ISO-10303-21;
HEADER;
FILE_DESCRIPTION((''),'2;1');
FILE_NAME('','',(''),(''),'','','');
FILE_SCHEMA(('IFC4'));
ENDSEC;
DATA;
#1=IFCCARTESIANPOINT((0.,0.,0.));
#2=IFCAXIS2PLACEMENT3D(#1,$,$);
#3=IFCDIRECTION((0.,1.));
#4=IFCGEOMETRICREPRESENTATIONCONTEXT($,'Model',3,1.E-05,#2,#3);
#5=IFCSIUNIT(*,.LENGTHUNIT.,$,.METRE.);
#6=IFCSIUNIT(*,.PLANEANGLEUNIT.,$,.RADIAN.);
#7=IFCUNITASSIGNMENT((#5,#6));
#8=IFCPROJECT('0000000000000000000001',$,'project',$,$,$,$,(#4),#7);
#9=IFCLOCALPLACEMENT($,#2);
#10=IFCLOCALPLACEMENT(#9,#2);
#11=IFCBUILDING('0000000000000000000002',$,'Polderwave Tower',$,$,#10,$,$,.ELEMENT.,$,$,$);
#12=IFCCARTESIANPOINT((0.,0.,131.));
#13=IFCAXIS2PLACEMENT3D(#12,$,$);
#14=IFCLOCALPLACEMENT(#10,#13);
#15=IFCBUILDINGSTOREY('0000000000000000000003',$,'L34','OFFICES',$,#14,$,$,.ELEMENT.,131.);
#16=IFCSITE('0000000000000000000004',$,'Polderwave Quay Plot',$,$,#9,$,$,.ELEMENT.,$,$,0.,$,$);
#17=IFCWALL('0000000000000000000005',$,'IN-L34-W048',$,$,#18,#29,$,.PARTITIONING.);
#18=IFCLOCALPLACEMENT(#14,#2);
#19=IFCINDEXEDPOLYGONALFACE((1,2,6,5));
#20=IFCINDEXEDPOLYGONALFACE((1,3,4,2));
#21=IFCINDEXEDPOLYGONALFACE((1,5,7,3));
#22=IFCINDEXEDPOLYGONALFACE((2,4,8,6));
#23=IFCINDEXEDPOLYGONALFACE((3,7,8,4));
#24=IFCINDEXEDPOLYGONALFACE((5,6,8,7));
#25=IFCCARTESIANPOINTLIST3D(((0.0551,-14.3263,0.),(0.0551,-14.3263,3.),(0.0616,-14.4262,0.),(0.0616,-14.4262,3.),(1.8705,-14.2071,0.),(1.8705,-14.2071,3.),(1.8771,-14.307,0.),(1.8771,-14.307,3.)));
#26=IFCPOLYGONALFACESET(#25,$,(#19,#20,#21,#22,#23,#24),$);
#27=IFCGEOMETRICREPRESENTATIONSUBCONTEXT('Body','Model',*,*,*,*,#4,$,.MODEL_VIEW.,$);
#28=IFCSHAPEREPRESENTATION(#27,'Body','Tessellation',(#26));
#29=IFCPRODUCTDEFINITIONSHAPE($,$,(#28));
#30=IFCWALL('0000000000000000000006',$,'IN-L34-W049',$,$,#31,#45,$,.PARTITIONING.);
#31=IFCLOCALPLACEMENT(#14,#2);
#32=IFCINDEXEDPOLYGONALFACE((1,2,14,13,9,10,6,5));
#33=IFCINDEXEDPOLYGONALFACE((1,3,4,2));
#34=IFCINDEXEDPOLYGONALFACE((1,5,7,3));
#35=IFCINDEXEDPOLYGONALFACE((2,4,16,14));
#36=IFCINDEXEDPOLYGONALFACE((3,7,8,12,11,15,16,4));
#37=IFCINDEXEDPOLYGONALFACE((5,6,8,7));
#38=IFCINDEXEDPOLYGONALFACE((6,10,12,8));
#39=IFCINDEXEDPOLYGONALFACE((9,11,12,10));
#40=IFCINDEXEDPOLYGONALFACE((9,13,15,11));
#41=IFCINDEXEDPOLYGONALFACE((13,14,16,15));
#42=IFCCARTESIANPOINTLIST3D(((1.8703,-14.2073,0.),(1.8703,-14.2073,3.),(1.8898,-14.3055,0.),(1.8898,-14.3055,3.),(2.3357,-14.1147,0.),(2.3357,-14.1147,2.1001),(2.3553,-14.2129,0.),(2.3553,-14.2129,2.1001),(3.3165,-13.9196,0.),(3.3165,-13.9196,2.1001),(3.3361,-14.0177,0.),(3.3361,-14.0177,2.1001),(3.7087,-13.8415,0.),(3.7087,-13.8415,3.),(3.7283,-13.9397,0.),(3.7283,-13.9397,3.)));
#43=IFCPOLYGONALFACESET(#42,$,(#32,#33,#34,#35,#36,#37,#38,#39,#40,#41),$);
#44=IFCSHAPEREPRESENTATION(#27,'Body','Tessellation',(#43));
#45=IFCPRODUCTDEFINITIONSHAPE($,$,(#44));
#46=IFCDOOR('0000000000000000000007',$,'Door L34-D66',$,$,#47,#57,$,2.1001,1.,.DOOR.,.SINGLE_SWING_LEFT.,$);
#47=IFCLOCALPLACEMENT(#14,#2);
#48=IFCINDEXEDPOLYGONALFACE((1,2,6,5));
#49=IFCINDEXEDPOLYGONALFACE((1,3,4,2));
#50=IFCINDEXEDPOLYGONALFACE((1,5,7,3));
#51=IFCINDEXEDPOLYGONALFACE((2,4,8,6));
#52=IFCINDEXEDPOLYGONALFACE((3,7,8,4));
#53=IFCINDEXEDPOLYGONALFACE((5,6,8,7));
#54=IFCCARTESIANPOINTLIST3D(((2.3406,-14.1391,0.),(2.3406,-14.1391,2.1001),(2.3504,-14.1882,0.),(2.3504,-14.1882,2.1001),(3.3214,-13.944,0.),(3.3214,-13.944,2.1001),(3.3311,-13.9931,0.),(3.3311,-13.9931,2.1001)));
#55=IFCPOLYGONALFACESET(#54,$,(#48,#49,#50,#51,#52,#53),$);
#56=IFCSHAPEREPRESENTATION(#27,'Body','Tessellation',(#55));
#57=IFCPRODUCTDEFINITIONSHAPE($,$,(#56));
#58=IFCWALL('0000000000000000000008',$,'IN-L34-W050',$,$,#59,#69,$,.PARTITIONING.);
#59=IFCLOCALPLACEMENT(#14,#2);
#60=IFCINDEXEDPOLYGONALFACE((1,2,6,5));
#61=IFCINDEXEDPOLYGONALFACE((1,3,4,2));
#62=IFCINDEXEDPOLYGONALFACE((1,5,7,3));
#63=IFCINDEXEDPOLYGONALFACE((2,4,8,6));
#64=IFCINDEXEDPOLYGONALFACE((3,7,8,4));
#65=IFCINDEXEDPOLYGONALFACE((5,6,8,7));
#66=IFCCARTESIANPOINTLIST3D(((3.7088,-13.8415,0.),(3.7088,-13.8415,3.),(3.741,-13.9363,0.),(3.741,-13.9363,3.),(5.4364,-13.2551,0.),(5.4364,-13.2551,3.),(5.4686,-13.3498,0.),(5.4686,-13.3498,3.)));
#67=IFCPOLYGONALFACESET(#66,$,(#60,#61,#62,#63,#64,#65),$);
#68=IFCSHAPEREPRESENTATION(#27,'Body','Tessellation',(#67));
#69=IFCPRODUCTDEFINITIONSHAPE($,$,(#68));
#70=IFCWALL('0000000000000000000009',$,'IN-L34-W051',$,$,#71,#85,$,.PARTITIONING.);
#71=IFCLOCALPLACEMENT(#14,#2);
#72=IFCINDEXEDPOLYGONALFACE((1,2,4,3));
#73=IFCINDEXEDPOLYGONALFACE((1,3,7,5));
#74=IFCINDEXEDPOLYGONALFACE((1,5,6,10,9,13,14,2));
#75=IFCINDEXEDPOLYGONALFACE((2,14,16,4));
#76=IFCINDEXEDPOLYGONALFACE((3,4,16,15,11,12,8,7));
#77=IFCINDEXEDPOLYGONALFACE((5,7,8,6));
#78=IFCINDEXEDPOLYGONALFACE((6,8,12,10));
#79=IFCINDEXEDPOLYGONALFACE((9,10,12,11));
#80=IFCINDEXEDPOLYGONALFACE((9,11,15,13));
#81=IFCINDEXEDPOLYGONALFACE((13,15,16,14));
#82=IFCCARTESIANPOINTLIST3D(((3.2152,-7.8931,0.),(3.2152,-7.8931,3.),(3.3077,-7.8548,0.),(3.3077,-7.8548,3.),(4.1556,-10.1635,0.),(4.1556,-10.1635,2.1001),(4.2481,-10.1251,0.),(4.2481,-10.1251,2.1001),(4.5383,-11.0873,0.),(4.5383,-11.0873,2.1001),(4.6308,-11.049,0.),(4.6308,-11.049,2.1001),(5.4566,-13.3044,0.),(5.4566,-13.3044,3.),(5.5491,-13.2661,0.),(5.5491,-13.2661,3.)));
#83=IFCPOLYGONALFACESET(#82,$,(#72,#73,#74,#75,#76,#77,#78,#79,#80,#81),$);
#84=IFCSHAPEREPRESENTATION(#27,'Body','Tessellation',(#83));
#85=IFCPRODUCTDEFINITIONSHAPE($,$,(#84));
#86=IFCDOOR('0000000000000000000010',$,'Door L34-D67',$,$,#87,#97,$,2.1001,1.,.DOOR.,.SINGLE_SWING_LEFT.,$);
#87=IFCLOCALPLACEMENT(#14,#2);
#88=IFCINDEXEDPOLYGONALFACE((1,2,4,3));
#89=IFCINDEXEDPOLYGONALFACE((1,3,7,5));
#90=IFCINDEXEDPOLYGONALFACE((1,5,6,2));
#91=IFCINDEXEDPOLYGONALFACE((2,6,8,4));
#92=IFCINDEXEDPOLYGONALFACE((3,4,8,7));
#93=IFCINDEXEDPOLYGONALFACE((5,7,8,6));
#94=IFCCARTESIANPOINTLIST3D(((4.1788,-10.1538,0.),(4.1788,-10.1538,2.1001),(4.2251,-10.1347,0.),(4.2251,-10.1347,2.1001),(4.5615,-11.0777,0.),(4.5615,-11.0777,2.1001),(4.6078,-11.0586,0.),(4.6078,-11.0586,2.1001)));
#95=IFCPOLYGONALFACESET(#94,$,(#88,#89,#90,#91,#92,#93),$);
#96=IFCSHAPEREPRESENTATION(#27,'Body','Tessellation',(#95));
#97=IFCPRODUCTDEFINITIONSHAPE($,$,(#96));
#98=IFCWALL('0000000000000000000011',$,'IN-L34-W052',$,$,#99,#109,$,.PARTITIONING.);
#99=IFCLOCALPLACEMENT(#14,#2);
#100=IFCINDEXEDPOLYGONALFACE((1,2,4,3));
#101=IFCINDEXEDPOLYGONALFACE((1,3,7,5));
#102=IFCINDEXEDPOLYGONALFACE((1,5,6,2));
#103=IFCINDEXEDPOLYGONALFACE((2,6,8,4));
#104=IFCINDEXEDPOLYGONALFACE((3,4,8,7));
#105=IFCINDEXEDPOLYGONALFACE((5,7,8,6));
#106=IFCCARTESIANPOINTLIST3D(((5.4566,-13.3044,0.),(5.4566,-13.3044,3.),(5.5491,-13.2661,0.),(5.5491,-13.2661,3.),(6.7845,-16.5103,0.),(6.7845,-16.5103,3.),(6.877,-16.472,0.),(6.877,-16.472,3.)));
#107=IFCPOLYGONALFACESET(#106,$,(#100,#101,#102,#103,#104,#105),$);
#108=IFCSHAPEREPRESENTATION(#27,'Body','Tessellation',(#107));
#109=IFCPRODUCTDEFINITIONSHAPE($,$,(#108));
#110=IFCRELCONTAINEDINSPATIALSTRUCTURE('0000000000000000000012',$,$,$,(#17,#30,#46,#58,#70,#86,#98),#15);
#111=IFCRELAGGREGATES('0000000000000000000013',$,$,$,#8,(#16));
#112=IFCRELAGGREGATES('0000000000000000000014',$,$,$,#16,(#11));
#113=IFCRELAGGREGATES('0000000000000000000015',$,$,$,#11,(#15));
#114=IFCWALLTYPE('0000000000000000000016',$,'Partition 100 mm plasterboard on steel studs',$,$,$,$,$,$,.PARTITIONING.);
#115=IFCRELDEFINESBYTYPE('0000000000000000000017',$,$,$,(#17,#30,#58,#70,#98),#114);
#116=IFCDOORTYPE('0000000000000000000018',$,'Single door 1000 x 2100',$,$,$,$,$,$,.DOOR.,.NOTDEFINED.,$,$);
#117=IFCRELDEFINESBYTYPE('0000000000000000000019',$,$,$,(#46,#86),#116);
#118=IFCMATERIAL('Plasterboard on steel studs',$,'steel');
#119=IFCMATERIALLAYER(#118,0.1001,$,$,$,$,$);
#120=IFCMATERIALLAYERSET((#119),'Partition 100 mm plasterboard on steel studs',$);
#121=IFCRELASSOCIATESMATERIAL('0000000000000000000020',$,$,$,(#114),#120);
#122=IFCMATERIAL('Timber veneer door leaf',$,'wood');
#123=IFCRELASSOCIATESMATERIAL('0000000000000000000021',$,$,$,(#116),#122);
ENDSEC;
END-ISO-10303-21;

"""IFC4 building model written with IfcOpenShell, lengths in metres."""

from ifc_helpers import new_model, si_unit, direction, frame, frame_2d, origin, place, context, subcontext, project, spatial, rectangle, extrude, material, layer, layer_set, type_object, element, fill, save


model = new_model("IFC4")

# Units and contexts
model_context = context("Model", 3, precision=1e-05, world=origin(), true_north=direction((0.0, 1.0)))
body_context = subcontext(model_context, "Body", "Model", "MODEL_VIEW")
ifc_project = project(units=[si_unit("LENGTHUNIT", "METRE"), si_unit("PLANEANGLEUNIT", "RADIAN")], contexts=[model_context])

# Site, building, storey
site_placement = place(None, origin())
site = spatial("IfcSite", under=ifc_project, at=site_placement, Name="Polderwave Quay Plot", CompositionType="ELEMENT", RefElevation=0.0)
building_placement = place(site_placement, origin())
building = spatial("IfcBuilding", under=site, at=building_placement, Name="Polderwave Tower", CompositionType="ELEMENT")
storey_placement = place(building_placement, frame((0.0, 0.0, 131.0)))
storey = spatial("IfcBuildingStorey", under=building, at=storey_placement, Name="L34", Description="OFFICES", CompositionType="ELEMENT", Elevation=131.0)

# Wall
ifc_material_1 = material(Name="Plasterboard on steel studs", Category="steel")
ifc_layer_1 = layer(ifc_material_1, 0.1001)
ifc_layer_set_1 = layer_set([ifc_layer_1], Name="Partition 100 mm plasterboard on steel studs")
wall_type_1 = type_object("IfcWallType", Name="Partition 100 mm plasterboard on steel studs", PredefinedType="PARTITIONING", material=ifc_layer_set_1)
wall_1_placement = place(storey_placement, frame((1.8738, -14.2571, 0.0), z_axis=(0.0, 0.0, 1.0), x_axis=(-0.997854, -0.065486, 0.0)))
element("IfcWall", 1, at=wall_1_placement, inside=storey, type_object=wall_type_1, Name="IN-L34-W048", PredefinedType="PARTITIONING", context=body_context, shape_type="SweptSolid", body=[
    extrude(rectangle(XDim=1.8193, YDim=0.1001, at=frame_2d((0.9097, 0.0))), origin(), (0.0, 0.0, 1.0), 3.0),
])

# Wall, opening, door
wall_2_placement = place(storey_placement, frame((3.7185, -13.8906, 0.0), z_axis=(0.0, 0.0, 1.0), x_axis=(-0.980781, -0.195114, 0.0)))
wall_2 = element("IfcWall", 2, at=wall_2_placement, inside=storey, type_object=wall_type_1, Name="IN-L34-W049", PredefinedType="PARTITIONING", context=body_context, shape_type="SweptSolid", body=[
    extrude(rectangle(XDim=1.8745, YDim=0.1001, at=frame_2d((0.9373, 0.0))), origin(), (0.0, 0.0, 1.0), 3.0),
])
opening_1_placement = place(wall_2_placement, frame((0.3999, 0.0, 0.0)))
opening_1 = element("IfcOpeningElement", 3, at=opening_1_placement, cuts=wall_2, PredefinedType="OPENING", context=body_context, shape_type="SweptSolid", body=[
    extrude(rectangle(XDim=1.0, YDim=2.1001, at=frame_2d((0.5, 1.05))), frame((0.0, 0.0601, 0.0), z_axis=(0.0, -1.0, 0.0), x_axis=(1.0, 0.0, 0.0)), (0.0, 0.0, 1.0), 0.1201),
])
ifc_material_2 = material(Name="Timber veneer door leaf", Category="wood")
door_type = type_object("IfcDoorType", Name="Single door 1000 x 2100", OperationType="NOTDEFINED", PredefinedType="DOOR", material=ifc_material_2)
door_1_placement = place(opening_1_placement, origin())
door_1 = element("IfcDoor", 4, at=door_1_placement, inside=storey, type_object=door_type, Name="Door L34-D66", OperationType="SINGLE_SWING_LEFT", OverallHeight=2.1001, OverallWidth=1.0, PredefinedType="DOOR", context=body_context, shape_type="SweptSolid", body=[
    extrude(rectangle(XDim=1.0, YDim=2.1001, at=frame_2d((0.5, 1.05))), frame((0.0, 0.0249, 0.0), z_axis=(0.0, -1.0, 0.0), x_axis=(1.0, 0.0, 0.0)), (0.0, 0.0, 1.0), 0.05),
])
fill(opening_1, door_1)

# Wall
wall_3_placement = place(storey_placement, frame((5.4524, -13.3025, 0.0), z_axis=(0.0, 0.0, 1.0), x_axis=(-0.946929, -0.321442, 0.0)))
element("IfcWall", 5, at=wall_3_placement, inside=storey, type_object=wall_type_1, Name="IN-L34-W050", PredefinedType="PARTITIONING", context=body_context, shape_type="SweptSolid", body=[
    extrude(rectangle(XDim=1.8245, YDim=0.1001, at=frame_2d((0.9121, 0.0))), origin(), (0.0, 0.0, 1.0), 3.0),
])

# Wall, opening, door
wall_4_placement = place(storey_placement, frame((5.5029, -13.2854, 0.0), z_axis=(0.0, 0.0, 1.0), x_axis=(-0.382682, 0.92388, 0.0)))
wall_4 = element("IfcWall", 6, at=wall_4_placement, inside=storey, type_object=wall_type_1, Name="IN-L34-W051", PredefinedType="PARTITIONING", context=body_context, shape_type="SweptSolid", body=[
    extrude(rectangle(XDim=5.8572, YDim=0.1001, at=frame_2d((2.9287, 0.0))), origin(), (0.0, 0.0, 1.0), 3.0),
])
opening_2_placement = place(wall_4_placement, frame((2.3999, 0.0, 0.0)))
opening_2 = element("IfcOpeningElement", 7, at=opening_2_placement, cuts=wall_4, PredefinedType="OPENING", context=body_context, shape_type="SweptSolid", body=[
    extrude(rectangle(XDim=1.0, YDim=2.1001, at=frame_2d((0.5, 1.05))), frame((0.0, 0.0601, 0.0), z_axis=(0.0, -1.0, 0.0), x_axis=(1.0, 0.0, 0.0)), (0.0, 0.0, 1.0), 0.1201),
])
door_2_placement = place(opening_2_placement, origin())
door_2 = element("IfcDoor", 8, at=door_2_placement, inside=storey, type_object=door_type, Name="Door L34-D67", OperationType="SINGLE_SWING_LEFT", OverallHeight=2.1001, OverallWidth=1.0, PredefinedType="DOOR", context=body_context, shape_type="SweptSolid", body=[
    extrude(rectangle(XDim=1.0, YDim=2.1001, at=frame_2d((0.5, 1.05))), frame((0.0, 0.0249, 0.0), z_axis=(0.0, -1.0, 0.0), x_axis=(1.0, 0.0, 0.0)), (0.0, 0.0, 1.0), 0.05),
])
fill(opening_2, door_2)

# Wall
wall_5_placement = place(storey_placement, frame((5.5029, -13.2854, 0.0), z_axis=(0.0, 0.0, 1.0), x_axis=(0.382681, -0.92388, 0.0)))
element("IfcWall", 9, at=wall_5_placement, inside=storey, type_object=wall_type_1, Name="IN-L34-W052", PredefinedType="PARTITIONING", context=body_context, shape_type="SweptSolid", body=[
    extrude(rectangle(XDim=3.47, YDim=0.1001, at=frame_2d((1.7349, 0.0))), origin(), (0.0, 0.0, 1.0), 3.0),
])

save(model, "model.ifc")
